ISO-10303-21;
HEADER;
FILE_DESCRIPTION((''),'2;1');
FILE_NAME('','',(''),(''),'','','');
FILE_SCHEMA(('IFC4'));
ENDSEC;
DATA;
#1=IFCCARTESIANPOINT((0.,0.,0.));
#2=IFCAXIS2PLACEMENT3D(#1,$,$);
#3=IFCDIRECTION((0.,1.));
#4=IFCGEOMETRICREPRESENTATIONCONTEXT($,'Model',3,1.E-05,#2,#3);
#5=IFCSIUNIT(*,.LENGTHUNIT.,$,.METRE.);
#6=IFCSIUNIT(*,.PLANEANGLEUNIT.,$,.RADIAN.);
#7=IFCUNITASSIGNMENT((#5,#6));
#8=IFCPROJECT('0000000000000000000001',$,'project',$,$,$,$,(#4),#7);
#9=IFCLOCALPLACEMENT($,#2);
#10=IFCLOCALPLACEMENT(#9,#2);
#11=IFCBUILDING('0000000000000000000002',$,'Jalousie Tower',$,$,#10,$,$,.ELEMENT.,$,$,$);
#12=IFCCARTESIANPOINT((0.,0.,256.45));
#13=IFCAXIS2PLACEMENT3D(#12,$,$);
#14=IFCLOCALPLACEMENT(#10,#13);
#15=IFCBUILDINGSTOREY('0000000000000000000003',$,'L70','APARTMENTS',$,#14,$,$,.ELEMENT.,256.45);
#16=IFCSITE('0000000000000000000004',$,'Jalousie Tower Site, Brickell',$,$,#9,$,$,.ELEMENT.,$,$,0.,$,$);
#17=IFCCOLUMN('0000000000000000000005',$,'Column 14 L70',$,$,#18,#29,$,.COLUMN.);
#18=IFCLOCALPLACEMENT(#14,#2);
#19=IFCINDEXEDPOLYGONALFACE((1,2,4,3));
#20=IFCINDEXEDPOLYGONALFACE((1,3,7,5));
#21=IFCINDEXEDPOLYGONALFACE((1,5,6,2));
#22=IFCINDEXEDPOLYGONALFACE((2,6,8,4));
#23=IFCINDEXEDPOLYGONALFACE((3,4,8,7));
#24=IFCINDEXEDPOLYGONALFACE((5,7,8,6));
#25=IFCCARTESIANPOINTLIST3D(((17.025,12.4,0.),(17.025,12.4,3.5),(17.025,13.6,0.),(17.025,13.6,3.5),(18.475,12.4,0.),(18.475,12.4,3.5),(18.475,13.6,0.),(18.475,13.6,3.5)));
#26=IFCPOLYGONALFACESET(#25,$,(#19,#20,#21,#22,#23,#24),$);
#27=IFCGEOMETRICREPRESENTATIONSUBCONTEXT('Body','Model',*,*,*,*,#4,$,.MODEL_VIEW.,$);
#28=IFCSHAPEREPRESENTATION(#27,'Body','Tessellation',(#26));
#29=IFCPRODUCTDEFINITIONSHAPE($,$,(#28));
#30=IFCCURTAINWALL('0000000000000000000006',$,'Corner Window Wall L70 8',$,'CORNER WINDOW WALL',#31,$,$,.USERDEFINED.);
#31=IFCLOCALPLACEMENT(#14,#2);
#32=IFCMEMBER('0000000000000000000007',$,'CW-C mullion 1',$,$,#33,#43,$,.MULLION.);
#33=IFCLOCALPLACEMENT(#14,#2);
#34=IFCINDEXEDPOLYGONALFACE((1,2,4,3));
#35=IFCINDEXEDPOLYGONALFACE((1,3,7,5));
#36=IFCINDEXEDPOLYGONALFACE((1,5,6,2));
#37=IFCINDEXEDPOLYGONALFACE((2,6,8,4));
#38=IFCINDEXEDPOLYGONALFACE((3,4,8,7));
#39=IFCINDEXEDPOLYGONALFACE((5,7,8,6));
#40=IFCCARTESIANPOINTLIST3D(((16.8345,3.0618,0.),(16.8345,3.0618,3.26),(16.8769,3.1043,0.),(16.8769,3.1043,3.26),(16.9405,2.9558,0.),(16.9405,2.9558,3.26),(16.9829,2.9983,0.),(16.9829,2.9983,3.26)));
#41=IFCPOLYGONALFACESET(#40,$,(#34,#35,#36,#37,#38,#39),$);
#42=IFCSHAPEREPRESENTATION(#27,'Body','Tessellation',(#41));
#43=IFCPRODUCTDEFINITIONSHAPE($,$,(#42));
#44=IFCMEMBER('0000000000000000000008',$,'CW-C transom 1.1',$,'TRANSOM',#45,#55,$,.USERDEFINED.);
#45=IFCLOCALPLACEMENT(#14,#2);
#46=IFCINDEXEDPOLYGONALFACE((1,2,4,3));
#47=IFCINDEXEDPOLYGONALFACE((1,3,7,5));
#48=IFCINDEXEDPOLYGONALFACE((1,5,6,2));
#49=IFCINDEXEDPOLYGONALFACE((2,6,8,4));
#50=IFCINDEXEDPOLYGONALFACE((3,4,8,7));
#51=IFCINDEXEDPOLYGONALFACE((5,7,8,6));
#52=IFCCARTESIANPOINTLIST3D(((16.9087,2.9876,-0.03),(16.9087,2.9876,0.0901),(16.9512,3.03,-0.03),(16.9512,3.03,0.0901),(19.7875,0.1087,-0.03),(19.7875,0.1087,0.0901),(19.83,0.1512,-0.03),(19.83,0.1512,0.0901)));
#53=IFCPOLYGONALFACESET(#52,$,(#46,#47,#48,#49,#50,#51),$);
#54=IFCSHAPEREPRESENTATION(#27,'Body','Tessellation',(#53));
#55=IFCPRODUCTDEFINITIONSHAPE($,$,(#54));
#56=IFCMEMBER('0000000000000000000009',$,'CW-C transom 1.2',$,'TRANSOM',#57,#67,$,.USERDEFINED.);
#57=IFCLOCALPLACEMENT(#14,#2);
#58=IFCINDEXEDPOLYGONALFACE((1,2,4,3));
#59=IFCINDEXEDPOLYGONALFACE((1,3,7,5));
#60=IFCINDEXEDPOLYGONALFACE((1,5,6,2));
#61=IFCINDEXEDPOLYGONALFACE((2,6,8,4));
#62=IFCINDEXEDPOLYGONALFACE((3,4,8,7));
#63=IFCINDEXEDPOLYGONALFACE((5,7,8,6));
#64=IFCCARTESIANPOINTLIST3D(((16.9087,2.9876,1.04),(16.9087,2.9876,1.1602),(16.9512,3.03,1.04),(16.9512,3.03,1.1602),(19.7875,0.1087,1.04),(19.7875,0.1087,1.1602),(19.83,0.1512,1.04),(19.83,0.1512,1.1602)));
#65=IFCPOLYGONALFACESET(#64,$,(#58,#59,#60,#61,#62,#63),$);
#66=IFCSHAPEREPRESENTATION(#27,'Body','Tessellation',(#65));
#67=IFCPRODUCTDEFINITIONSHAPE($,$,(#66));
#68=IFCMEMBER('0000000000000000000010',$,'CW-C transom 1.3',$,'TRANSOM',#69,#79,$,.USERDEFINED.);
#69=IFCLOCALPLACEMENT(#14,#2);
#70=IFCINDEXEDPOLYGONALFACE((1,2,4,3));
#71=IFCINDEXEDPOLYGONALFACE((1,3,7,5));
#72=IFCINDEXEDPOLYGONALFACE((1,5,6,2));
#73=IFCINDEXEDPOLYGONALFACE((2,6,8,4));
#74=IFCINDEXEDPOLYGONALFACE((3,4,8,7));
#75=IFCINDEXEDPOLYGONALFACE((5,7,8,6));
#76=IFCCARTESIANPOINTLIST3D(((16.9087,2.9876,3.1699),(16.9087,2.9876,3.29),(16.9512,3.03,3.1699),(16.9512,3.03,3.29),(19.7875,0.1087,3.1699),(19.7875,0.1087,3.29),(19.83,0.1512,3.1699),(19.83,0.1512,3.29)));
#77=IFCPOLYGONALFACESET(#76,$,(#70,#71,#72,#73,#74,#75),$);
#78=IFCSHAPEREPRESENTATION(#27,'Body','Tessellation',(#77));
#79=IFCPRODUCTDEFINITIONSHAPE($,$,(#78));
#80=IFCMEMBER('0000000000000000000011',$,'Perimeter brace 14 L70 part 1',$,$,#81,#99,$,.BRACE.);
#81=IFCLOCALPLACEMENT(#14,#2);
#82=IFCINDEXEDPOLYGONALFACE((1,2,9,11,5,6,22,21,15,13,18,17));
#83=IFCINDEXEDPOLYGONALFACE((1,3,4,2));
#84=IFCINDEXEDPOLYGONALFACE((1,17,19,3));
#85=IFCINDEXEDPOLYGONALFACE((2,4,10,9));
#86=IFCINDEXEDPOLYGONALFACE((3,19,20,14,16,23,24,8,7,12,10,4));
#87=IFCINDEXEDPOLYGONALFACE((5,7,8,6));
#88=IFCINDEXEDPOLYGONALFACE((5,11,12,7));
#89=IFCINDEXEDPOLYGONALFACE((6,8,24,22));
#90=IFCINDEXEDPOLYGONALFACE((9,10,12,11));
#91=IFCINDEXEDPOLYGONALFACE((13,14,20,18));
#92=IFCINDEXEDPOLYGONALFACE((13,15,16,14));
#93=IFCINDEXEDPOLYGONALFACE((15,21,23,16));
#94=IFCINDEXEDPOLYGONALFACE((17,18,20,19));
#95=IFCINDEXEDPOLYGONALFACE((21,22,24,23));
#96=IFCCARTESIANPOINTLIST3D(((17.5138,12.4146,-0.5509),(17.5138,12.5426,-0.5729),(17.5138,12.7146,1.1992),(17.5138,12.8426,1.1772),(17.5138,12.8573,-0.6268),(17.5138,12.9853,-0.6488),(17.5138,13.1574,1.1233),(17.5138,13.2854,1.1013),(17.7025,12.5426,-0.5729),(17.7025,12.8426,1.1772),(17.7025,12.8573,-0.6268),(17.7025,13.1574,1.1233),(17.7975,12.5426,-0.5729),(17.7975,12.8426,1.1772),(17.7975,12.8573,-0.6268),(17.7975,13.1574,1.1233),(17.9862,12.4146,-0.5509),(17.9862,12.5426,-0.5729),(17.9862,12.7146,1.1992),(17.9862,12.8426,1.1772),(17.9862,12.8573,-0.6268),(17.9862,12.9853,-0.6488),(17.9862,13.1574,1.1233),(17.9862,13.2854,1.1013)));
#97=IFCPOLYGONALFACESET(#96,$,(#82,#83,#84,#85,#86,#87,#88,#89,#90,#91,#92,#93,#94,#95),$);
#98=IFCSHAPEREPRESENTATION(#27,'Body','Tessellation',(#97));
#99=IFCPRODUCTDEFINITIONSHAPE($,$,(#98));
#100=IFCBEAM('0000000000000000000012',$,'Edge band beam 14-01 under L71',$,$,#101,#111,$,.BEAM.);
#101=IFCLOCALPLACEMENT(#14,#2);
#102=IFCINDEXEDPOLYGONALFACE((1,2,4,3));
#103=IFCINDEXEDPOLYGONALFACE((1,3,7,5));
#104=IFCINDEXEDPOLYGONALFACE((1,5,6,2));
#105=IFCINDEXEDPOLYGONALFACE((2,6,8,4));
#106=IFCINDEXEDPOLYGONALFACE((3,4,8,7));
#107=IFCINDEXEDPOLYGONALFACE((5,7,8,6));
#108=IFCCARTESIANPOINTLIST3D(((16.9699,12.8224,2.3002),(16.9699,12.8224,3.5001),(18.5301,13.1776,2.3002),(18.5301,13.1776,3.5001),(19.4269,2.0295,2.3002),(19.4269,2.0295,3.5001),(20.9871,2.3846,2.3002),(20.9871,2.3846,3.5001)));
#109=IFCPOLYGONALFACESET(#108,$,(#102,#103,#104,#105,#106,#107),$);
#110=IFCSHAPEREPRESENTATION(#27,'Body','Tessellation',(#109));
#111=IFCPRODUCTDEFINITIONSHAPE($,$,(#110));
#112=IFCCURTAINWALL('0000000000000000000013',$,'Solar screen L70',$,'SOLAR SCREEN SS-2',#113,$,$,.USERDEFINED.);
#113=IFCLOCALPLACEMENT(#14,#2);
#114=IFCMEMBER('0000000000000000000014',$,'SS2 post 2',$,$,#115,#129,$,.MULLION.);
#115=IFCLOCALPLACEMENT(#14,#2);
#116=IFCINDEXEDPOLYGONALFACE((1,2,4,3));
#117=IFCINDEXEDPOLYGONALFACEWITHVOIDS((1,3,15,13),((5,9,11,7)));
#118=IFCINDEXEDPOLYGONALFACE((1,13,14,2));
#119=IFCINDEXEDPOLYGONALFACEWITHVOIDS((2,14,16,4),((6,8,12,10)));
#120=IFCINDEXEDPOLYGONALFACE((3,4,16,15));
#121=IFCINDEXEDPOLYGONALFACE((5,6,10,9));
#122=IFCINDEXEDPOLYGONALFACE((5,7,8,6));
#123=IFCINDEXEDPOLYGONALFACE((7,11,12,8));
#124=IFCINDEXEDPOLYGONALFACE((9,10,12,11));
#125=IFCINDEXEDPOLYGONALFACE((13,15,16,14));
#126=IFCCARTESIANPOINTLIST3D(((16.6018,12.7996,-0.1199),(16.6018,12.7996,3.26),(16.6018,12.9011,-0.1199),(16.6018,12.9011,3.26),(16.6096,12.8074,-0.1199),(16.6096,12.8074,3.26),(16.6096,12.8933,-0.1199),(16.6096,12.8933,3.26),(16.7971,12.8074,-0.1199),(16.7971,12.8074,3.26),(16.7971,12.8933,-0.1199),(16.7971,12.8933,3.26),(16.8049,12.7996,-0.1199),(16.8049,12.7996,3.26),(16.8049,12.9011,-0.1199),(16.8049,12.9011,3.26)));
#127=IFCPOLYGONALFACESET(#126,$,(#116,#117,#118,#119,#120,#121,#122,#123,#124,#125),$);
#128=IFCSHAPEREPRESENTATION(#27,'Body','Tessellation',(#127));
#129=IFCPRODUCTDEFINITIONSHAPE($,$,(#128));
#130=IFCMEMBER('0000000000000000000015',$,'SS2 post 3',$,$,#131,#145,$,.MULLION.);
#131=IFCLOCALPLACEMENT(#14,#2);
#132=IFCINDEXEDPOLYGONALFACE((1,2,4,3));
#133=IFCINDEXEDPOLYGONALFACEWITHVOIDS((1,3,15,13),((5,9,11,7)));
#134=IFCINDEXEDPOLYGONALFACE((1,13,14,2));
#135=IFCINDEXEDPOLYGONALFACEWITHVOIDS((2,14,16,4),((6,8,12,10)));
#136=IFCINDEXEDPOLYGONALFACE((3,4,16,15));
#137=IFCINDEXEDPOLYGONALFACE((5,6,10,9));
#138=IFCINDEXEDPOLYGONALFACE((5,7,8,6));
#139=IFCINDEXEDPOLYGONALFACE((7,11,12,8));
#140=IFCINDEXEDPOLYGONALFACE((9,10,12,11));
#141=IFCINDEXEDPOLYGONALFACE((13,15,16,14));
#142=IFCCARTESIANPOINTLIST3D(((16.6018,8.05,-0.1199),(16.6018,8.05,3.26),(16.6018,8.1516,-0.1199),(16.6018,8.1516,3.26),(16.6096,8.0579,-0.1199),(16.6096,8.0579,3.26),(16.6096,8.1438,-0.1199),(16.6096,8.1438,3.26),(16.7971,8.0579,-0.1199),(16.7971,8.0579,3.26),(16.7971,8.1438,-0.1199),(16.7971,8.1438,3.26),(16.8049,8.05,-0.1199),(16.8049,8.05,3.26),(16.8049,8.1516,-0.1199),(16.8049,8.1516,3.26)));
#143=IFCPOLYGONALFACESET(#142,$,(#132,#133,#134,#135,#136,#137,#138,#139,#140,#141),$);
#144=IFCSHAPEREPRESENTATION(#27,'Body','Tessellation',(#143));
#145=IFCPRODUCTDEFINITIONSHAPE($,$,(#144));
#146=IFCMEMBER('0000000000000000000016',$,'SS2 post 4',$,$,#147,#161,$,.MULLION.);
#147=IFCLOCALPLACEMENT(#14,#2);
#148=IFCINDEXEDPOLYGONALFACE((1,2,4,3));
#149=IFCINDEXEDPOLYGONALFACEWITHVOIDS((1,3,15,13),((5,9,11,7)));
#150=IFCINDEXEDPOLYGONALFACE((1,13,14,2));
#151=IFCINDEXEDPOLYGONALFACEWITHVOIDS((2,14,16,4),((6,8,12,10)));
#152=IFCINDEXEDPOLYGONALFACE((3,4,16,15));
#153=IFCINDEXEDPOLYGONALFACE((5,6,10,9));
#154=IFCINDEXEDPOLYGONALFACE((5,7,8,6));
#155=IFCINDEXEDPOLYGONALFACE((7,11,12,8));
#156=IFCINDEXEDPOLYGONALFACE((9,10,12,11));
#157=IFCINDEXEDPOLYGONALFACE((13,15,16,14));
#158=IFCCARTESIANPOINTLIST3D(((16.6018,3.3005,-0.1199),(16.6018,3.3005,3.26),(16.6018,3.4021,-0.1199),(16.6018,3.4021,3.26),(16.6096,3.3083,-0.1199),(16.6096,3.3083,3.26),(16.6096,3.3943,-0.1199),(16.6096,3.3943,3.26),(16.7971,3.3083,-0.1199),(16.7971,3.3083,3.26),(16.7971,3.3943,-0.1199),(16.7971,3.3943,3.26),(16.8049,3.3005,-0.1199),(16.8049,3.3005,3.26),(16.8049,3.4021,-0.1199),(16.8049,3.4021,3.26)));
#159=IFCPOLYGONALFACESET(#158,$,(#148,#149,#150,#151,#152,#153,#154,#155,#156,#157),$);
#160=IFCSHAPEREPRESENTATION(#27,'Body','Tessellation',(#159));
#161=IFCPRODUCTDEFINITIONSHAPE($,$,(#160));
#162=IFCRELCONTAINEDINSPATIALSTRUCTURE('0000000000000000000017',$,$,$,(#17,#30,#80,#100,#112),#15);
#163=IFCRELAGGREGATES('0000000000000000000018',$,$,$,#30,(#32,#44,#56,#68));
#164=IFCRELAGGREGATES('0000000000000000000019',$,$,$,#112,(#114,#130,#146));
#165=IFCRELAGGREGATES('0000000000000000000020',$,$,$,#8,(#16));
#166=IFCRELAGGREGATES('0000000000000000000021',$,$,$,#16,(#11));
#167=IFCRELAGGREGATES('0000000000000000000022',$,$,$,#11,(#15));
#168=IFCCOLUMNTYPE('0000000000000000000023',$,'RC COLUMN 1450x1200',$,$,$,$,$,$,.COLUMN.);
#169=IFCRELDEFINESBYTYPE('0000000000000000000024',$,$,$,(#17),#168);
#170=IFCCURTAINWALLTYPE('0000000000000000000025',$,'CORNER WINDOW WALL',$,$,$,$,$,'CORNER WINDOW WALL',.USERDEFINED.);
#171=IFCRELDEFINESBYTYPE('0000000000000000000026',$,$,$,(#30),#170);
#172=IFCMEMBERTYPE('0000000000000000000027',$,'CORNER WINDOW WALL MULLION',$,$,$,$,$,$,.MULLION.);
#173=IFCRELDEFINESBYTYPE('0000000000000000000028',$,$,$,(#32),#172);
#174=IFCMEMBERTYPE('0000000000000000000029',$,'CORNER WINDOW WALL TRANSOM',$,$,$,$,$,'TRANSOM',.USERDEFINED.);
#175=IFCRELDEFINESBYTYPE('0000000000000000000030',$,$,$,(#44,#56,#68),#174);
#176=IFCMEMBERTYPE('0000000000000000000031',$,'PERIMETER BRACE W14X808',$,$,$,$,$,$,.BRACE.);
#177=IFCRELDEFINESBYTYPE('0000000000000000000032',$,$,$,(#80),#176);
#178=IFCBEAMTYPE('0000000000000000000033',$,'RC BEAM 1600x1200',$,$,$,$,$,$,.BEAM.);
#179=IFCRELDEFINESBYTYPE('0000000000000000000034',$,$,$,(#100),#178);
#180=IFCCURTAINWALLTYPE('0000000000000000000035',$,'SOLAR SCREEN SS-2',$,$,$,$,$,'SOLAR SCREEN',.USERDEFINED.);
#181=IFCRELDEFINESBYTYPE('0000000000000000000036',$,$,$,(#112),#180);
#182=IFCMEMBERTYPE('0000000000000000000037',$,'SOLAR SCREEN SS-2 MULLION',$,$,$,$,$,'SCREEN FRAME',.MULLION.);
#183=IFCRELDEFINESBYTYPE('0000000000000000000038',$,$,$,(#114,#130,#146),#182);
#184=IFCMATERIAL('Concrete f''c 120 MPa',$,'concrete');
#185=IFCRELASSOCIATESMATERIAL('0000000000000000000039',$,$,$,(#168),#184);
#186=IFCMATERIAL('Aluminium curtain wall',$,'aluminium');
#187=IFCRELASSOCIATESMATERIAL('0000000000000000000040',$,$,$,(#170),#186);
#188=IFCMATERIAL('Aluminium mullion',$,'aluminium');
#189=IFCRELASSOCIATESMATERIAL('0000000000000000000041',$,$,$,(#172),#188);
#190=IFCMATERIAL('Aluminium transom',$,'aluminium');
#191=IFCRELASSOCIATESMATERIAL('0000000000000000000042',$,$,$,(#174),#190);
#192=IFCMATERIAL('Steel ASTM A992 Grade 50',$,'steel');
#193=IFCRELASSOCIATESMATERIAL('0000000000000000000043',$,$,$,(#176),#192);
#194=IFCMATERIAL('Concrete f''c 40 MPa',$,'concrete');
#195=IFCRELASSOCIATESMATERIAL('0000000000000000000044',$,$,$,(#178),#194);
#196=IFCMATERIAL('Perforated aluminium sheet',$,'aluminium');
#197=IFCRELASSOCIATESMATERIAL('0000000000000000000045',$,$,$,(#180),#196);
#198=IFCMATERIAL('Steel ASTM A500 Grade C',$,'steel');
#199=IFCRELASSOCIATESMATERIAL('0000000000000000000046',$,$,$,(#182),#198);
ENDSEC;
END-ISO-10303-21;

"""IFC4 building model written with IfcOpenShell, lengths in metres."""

from ifc_helpers import new_model, si_unit, direction, frame, origin, origin_2d, place, context, subcontext, project, spatial, rectangle, hollow_rectangle, i_section, extrude, material, material_profile, profile_set, type_object, element, aggregate, save


model = new_model("IFC4")

# Units and contexts
model_context = context("Model", 3, precision=1e-05, world=origin(), true_north=direction((0.0, 1.0)))
body_context = subcontext(model_context, "Body", "Model", "MODEL_VIEW")
ifc_project = project(units=[si_unit("LENGTHUNIT", "METRE"), si_unit("PLANEANGLEUNIT", "RADIAN")], contexts=[model_context])

# Site, building, storey
site_placement = place(None, origin())
site = spatial("IfcSite", under=ifc_project, at=site_placement, Name="Jalousie Tower Site, Brickell", CompositionType="ELEMENT", RefElevation=0.0)
building_placement = place(site_placement, origin())
building = spatial("IfcBuilding", under=site, at=building_placement, Name="Jalousie Tower", CompositionType="ELEMENT")
storey_placement = place(building_placement, frame((0.0, 0.0, 256.45)))
storey = spatial("IfcBuildingStorey", under=building, at=storey_placement, Name="L70", Description="APARTMENTS", CompositionType="ELEMENT", Elevation=256.45)

# Column
ifc_material_1 = material(Name="Concrete f'c 120 MPa", Category="concrete")
ifc_material_profile_1 = material_profile(ifc_material_1, rectangle(XDim=1.45, YDim=1.2, at=origin_2d()), Name="RC 1450x1200")
ifc_profile_set_1 = profile_set([ifc_material_profile_1], Name="Concrete f'c 120 MPa")
column_type = type_object("IfcColumnType", Name="RC COLUMN 1450x1200", PredefinedType="COLUMN", material=ifc_profile_set_1)
column_placement = place(storey_placement, frame((17.75, 13.0, 0.0), z_axis=(0.0, 0.0, 1.0), x_axis=(1.0, 0.0, 0.0)))
element("IfcColumn", 1, at=column_placement, inside=storey, type_object=column_type, Name="Column 14 L70", PredefinedType="COLUMN", context=body_context, shape_type="SweptSolid", body=[
    extrude(rectangle(XDim=1.45, YDim=1.2, at=origin_2d()), origin(), (0.0, 0.0, 1.0), 3.5),
])

# Curtain wall, members
ifc_material_2 = material(Name="Aluminium curtain wall", Category="aluminium")
curtain_wall_type_1 = type_object("IfcCurtainWallType", Name="CORNER WINDOW WALL", ElementType="CORNER WINDOW WALL", PredefinedType="USERDEFINED", material=ifc_material_2)
curtain_wall_1_placement = place(storey_placement, origin())
curtain_wall_1 = element("IfcCurtainWall", 2, at=curtain_wall_1_placement, inside=storey, type_object=curtain_wall_type_1, Name="Corner Window Wall L70 8", ObjectType="CORNER WINDOW WALL", PredefinedType="USERDEFINED")
ifc_material_3 = material(Name="Aluminium mullion", Category="aluminium")
ifc_material_profile_2 = material_profile(ifc_material_3, rectangle(XDim=0.0601, YDim=0.1499, at=origin_2d()), Name="MULLION 60x150")
ifc_profile_set_2 = profile_set([ifc_material_profile_2], Name="Aluminium mullion")
member_type_1 = type_object("IfcMemberType", Name="CORNER WINDOW WALL MULLION", PredefinedType="MULLION", material=ifc_profile_set_2)
member_1_placement = place(storey_placement, frame((16.9087, 3.03, 0.0), z_axis=(0.0, 0.0, 1.0), x_axis=(0.707107, 0.707107, 0.0)))
member_1 = element("IfcMember", 3, at=member_1_placement, type_object=member_type_1, Name="CW-C mullion 1", PredefinedType="MULLION", context=body_context, shape_type="SweptSolid", body=[
    extrude(rectangle(XDim=0.0601, YDim=0.1499, at=origin_2d()), origin(), (0.0, 0.0, 1.0), 3.26),
])
ifc_material_4 = material(Name="Aluminium transom", Category="aluminium")
ifc_material_profile_3 = material_profile(ifc_material_4, rectangle(XDim=0.0601, YDim=0.1201, at=origin_2d()), Name="TRANSOM 60x120")
ifc_profile_set_3 = profile_set([ifc_material_profile_3], Name="Aluminium transom")
member_type_2 = type_object("IfcMemberType", Name="CORNER WINDOW WALL TRANSOM", ElementType="TRANSOM", PredefinedType="USERDEFINED", material=ifc_profile_set_3)
member_2_placement = place(storey_placement, frame((16.9299, 3.0088, 0.03), z_axis=(0.707107, -0.707107, 0.0), x_axis=(0.707107, 0.707107, 0.0)))
member_2 = element("IfcMember", 4, at=member_2_placement, type_object=member_type_2, Name="CW-C transom 1.1", ObjectType="TRANSOM", PredefinedType="USERDEFINED", context=body_context, shape_type="SweptSolid", body=[
    extrude(rectangle(XDim=0.0601, YDim=0.1201, at=origin_2d()), origin(), (0.0, 0.0, 1.0), 4.0713),
])
member_3_placement = place(storey_placement, frame((16.9299, 3.0088, 1.1001), z_axis=(0.707107, -0.707107, 0.0), x_axis=(0.707107, 0.707107, 0.0)))
member_3 = element("IfcMember", 5, at=member_3_placement, type_object=member_type_2, Name="CW-C transom 1.2", ObjectType="TRANSOM", PredefinedType="USERDEFINED", context=body_context, shape_type="SweptSolid", body=[
    extrude(rectangle(XDim=0.0601, YDim=0.1201, at=origin_2d()), origin(), (0.0, 0.0, 1.0), 4.0713),
])
member_4_placement = place(storey_placement, frame((16.9299, 3.0088, 3.23), z_axis=(0.707107, -0.707107, 0.0), x_axis=(0.707107, 0.707107, 0.0)))
member_4 = element("IfcMember", 6, at=member_4_placement, type_object=member_type_2, Name="CW-C transom 1.3", ObjectType="TRANSOM", PredefinedType="USERDEFINED", context=body_context, shape_type="SweptSolid", body=[
    extrude(rectangle(XDim=0.0601, YDim=0.1201, at=origin_2d()), origin(), (0.0, 0.0, 1.0), 4.0713),
])
aggregate(curtain_wall_1, [member_1, member_2, member_3, member_4])

# Member
ifc_material_5 = material(Name="Steel ASTM A992 Grade 50", Category="steel")
ifc_material_profile_4 = material_profile(ifc_material_5, i_section(OverallWidth=0.4724, OverallDepth=0.5791, WebThickness=0.095, FlangeThickness=0.1299, at=origin_2d()), Name="W14X808")
ifc_profile_set_4 = profile_set([ifc_material_profile_4], Name="Steel ASTM A992 Grade 50")
member_type_3 = type_object("IfcMemberType", Name="PERIMETER BRACE W14X808", PredefinedType="BRACE", material=ifc_profile_set_4)
member_5_placement = place(storey_placement, frame((17.75, 12.7, -0.5999), z_axis=(0.0, 0.168991, 0.985618), x_axis=(-1.0, 0.0, 0.0)))
element("IfcMember", 7, at=member_5_placement, inside=storey, type_object=member_type_3, Name="Perimeter brace 14 L70 part 1", PredefinedType="BRACE", context=body_context, shape_type="SweptSolid", body=[
    extrude(i_section(OverallWidth=0.4724, OverallDepth=0.5791, WebThickness=0.095, FlangeThickness=0.1299, at=origin_2d()), origin(), (0.0, 0.0, 1.0), 1.7756),
])

# Beam
ifc_material_6 = material(Name="Concrete f'c 40 MPa", Category="concrete")
ifc_material_profile_5 = material_profile(ifc_material_6, rectangle(XDim=1.6001, YDim=1.2, at=origin_2d()), Name="RC 1600x1200")
ifc_profile_set_5 = profile_set([ifc_material_profile_5], Name="Concrete f'c 40 MPa")
beam_type = type_object("IfcBeamType", Name="RC BEAM 1600x1200", PredefinedType="BEAM", material=ifc_profile_set_5)
beam_placement = place(storey_placement, frame((17.75, 13.0, 2.9001), z_axis=(0.221972, -0.975053, 0.0), x_axis=(0.975053, 0.221972, 0.0)))
element("IfcBeam", 8, at=beam_placement, inside=storey, type_object=beam_type, Name="Edge band beam 14-01 under L71", PredefinedType="BEAM", context=body_context, shape_type="SweptSolid", body=[
    extrude(rectangle(XDim=1.6001, YDim=1.2, at=origin_2d()), origin(), (0.0, 0.0, 1.0), 11.0691),
])

# Curtain wall, members
ifc_material_7 = material(Name="Perforated aluminium sheet", Category="aluminium")
curtain_wall_type_2 = type_object("IfcCurtainWallType", Name="SOLAR SCREEN SS-2", ElementType="SOLAR SCREEN", PredefinedType="USERDEFINED", material=ifc_material_7)
curtain_wall_2_placement = place(storey_placement, origin())
curtain_wall_2 = element("IfcCurtainWall", 9, at=curtain_wall_2_placement, inside=storey, type_object=curtain_wall_type_2, Name="Solar screen L70", ObjectType="SOLAR SCREEN SS-2", PredefinedType="USERDEFINED")
ifc_material_8 = material(Name="Steel ASTM A500 Grade C", Category="steel")
ifc_material_profile_6 = material_profile(ifc_material_8, hollow_rectangle(XDim=0.1016, YDim=0.2031, WallThickness=0.0078, at=origin_2d()), Name="HSS8X4X5/16")
ifc_profile_set_6 = profile_set([ifc_material_profile_6], Name="Steel ASTM A500 Grade C")
member_type_4 = type_object("IfcMemberType", Name="SOLAR SCREEN SS-2 MULLION", ElementType="SCREEN FRAME", PredefinedType="MULLION", material=ifc_profile_set_6)
member_6_placement = place(storey_placement, frame((16.7034, 12.8503, -0.1199), z_axis=(0.0, 0.0, 1.0), x_axis=(0.0, -1.0, 0.0)))
member_6 = element("IfcMember", 10, at=member_6_placement, type_object=member_type_4, Name="SS2 post 2", PredefinedType="MULLION", context=body_context, shape_type="SweptSolid", body=[
    extrude(hollow_rectangle(XDim=0.1016, YDim=0.2031, WallThickness=0.0078, at=origin_2d()), origin(), (0.0, 0.0, 1.0), 3.3799),
])
member_7_placement = place(storey_placement, frame((16.7034, 8.1008, -0.1199), z_axis=(0.0, 0.0, 1.0), x_axis=(0.0, -1.0, 0.0)))
member_7 = element("IfcMember", 11, at=member_7_placement, type_object=member_type_4, Name="SS2 post 3", PredefinedType="MULLION", context=body_context, shape_type="SweptSolid", body=[
    extrude(hollow_rectangle(XDim=0.1016, YDim=0.2031, WallThickness=0.0078, at=origin_2d()), origin(), (0.0, 0.0, 1.0), 3.3799),
])
member_8_placement = place(storey_placement, frame((16.7034, 3.3513, -0.1199), z_axis=(0.0, 0.0, 1.0), x_axis=(0.0, -1.0, 0.0)))
member_8 = element("IfcMember", 12, at=member_8_placement, type_object=member_type_4, Name="SS2 post 4", PredefinedType="MULLION", context=body_context, shape_type="SweptSolid", body=[
    extrude(hollow_rectangle(XDim=0.1016, YDim=0.2031, WallThickness=0.0078, at=origin_2d()), origin(), (0.0, 0.0, 1.0), 3.3799),
])

aggregate(curtain_wall_2, [member_6, member_7, member_8])

save(model, "model.ifc")
